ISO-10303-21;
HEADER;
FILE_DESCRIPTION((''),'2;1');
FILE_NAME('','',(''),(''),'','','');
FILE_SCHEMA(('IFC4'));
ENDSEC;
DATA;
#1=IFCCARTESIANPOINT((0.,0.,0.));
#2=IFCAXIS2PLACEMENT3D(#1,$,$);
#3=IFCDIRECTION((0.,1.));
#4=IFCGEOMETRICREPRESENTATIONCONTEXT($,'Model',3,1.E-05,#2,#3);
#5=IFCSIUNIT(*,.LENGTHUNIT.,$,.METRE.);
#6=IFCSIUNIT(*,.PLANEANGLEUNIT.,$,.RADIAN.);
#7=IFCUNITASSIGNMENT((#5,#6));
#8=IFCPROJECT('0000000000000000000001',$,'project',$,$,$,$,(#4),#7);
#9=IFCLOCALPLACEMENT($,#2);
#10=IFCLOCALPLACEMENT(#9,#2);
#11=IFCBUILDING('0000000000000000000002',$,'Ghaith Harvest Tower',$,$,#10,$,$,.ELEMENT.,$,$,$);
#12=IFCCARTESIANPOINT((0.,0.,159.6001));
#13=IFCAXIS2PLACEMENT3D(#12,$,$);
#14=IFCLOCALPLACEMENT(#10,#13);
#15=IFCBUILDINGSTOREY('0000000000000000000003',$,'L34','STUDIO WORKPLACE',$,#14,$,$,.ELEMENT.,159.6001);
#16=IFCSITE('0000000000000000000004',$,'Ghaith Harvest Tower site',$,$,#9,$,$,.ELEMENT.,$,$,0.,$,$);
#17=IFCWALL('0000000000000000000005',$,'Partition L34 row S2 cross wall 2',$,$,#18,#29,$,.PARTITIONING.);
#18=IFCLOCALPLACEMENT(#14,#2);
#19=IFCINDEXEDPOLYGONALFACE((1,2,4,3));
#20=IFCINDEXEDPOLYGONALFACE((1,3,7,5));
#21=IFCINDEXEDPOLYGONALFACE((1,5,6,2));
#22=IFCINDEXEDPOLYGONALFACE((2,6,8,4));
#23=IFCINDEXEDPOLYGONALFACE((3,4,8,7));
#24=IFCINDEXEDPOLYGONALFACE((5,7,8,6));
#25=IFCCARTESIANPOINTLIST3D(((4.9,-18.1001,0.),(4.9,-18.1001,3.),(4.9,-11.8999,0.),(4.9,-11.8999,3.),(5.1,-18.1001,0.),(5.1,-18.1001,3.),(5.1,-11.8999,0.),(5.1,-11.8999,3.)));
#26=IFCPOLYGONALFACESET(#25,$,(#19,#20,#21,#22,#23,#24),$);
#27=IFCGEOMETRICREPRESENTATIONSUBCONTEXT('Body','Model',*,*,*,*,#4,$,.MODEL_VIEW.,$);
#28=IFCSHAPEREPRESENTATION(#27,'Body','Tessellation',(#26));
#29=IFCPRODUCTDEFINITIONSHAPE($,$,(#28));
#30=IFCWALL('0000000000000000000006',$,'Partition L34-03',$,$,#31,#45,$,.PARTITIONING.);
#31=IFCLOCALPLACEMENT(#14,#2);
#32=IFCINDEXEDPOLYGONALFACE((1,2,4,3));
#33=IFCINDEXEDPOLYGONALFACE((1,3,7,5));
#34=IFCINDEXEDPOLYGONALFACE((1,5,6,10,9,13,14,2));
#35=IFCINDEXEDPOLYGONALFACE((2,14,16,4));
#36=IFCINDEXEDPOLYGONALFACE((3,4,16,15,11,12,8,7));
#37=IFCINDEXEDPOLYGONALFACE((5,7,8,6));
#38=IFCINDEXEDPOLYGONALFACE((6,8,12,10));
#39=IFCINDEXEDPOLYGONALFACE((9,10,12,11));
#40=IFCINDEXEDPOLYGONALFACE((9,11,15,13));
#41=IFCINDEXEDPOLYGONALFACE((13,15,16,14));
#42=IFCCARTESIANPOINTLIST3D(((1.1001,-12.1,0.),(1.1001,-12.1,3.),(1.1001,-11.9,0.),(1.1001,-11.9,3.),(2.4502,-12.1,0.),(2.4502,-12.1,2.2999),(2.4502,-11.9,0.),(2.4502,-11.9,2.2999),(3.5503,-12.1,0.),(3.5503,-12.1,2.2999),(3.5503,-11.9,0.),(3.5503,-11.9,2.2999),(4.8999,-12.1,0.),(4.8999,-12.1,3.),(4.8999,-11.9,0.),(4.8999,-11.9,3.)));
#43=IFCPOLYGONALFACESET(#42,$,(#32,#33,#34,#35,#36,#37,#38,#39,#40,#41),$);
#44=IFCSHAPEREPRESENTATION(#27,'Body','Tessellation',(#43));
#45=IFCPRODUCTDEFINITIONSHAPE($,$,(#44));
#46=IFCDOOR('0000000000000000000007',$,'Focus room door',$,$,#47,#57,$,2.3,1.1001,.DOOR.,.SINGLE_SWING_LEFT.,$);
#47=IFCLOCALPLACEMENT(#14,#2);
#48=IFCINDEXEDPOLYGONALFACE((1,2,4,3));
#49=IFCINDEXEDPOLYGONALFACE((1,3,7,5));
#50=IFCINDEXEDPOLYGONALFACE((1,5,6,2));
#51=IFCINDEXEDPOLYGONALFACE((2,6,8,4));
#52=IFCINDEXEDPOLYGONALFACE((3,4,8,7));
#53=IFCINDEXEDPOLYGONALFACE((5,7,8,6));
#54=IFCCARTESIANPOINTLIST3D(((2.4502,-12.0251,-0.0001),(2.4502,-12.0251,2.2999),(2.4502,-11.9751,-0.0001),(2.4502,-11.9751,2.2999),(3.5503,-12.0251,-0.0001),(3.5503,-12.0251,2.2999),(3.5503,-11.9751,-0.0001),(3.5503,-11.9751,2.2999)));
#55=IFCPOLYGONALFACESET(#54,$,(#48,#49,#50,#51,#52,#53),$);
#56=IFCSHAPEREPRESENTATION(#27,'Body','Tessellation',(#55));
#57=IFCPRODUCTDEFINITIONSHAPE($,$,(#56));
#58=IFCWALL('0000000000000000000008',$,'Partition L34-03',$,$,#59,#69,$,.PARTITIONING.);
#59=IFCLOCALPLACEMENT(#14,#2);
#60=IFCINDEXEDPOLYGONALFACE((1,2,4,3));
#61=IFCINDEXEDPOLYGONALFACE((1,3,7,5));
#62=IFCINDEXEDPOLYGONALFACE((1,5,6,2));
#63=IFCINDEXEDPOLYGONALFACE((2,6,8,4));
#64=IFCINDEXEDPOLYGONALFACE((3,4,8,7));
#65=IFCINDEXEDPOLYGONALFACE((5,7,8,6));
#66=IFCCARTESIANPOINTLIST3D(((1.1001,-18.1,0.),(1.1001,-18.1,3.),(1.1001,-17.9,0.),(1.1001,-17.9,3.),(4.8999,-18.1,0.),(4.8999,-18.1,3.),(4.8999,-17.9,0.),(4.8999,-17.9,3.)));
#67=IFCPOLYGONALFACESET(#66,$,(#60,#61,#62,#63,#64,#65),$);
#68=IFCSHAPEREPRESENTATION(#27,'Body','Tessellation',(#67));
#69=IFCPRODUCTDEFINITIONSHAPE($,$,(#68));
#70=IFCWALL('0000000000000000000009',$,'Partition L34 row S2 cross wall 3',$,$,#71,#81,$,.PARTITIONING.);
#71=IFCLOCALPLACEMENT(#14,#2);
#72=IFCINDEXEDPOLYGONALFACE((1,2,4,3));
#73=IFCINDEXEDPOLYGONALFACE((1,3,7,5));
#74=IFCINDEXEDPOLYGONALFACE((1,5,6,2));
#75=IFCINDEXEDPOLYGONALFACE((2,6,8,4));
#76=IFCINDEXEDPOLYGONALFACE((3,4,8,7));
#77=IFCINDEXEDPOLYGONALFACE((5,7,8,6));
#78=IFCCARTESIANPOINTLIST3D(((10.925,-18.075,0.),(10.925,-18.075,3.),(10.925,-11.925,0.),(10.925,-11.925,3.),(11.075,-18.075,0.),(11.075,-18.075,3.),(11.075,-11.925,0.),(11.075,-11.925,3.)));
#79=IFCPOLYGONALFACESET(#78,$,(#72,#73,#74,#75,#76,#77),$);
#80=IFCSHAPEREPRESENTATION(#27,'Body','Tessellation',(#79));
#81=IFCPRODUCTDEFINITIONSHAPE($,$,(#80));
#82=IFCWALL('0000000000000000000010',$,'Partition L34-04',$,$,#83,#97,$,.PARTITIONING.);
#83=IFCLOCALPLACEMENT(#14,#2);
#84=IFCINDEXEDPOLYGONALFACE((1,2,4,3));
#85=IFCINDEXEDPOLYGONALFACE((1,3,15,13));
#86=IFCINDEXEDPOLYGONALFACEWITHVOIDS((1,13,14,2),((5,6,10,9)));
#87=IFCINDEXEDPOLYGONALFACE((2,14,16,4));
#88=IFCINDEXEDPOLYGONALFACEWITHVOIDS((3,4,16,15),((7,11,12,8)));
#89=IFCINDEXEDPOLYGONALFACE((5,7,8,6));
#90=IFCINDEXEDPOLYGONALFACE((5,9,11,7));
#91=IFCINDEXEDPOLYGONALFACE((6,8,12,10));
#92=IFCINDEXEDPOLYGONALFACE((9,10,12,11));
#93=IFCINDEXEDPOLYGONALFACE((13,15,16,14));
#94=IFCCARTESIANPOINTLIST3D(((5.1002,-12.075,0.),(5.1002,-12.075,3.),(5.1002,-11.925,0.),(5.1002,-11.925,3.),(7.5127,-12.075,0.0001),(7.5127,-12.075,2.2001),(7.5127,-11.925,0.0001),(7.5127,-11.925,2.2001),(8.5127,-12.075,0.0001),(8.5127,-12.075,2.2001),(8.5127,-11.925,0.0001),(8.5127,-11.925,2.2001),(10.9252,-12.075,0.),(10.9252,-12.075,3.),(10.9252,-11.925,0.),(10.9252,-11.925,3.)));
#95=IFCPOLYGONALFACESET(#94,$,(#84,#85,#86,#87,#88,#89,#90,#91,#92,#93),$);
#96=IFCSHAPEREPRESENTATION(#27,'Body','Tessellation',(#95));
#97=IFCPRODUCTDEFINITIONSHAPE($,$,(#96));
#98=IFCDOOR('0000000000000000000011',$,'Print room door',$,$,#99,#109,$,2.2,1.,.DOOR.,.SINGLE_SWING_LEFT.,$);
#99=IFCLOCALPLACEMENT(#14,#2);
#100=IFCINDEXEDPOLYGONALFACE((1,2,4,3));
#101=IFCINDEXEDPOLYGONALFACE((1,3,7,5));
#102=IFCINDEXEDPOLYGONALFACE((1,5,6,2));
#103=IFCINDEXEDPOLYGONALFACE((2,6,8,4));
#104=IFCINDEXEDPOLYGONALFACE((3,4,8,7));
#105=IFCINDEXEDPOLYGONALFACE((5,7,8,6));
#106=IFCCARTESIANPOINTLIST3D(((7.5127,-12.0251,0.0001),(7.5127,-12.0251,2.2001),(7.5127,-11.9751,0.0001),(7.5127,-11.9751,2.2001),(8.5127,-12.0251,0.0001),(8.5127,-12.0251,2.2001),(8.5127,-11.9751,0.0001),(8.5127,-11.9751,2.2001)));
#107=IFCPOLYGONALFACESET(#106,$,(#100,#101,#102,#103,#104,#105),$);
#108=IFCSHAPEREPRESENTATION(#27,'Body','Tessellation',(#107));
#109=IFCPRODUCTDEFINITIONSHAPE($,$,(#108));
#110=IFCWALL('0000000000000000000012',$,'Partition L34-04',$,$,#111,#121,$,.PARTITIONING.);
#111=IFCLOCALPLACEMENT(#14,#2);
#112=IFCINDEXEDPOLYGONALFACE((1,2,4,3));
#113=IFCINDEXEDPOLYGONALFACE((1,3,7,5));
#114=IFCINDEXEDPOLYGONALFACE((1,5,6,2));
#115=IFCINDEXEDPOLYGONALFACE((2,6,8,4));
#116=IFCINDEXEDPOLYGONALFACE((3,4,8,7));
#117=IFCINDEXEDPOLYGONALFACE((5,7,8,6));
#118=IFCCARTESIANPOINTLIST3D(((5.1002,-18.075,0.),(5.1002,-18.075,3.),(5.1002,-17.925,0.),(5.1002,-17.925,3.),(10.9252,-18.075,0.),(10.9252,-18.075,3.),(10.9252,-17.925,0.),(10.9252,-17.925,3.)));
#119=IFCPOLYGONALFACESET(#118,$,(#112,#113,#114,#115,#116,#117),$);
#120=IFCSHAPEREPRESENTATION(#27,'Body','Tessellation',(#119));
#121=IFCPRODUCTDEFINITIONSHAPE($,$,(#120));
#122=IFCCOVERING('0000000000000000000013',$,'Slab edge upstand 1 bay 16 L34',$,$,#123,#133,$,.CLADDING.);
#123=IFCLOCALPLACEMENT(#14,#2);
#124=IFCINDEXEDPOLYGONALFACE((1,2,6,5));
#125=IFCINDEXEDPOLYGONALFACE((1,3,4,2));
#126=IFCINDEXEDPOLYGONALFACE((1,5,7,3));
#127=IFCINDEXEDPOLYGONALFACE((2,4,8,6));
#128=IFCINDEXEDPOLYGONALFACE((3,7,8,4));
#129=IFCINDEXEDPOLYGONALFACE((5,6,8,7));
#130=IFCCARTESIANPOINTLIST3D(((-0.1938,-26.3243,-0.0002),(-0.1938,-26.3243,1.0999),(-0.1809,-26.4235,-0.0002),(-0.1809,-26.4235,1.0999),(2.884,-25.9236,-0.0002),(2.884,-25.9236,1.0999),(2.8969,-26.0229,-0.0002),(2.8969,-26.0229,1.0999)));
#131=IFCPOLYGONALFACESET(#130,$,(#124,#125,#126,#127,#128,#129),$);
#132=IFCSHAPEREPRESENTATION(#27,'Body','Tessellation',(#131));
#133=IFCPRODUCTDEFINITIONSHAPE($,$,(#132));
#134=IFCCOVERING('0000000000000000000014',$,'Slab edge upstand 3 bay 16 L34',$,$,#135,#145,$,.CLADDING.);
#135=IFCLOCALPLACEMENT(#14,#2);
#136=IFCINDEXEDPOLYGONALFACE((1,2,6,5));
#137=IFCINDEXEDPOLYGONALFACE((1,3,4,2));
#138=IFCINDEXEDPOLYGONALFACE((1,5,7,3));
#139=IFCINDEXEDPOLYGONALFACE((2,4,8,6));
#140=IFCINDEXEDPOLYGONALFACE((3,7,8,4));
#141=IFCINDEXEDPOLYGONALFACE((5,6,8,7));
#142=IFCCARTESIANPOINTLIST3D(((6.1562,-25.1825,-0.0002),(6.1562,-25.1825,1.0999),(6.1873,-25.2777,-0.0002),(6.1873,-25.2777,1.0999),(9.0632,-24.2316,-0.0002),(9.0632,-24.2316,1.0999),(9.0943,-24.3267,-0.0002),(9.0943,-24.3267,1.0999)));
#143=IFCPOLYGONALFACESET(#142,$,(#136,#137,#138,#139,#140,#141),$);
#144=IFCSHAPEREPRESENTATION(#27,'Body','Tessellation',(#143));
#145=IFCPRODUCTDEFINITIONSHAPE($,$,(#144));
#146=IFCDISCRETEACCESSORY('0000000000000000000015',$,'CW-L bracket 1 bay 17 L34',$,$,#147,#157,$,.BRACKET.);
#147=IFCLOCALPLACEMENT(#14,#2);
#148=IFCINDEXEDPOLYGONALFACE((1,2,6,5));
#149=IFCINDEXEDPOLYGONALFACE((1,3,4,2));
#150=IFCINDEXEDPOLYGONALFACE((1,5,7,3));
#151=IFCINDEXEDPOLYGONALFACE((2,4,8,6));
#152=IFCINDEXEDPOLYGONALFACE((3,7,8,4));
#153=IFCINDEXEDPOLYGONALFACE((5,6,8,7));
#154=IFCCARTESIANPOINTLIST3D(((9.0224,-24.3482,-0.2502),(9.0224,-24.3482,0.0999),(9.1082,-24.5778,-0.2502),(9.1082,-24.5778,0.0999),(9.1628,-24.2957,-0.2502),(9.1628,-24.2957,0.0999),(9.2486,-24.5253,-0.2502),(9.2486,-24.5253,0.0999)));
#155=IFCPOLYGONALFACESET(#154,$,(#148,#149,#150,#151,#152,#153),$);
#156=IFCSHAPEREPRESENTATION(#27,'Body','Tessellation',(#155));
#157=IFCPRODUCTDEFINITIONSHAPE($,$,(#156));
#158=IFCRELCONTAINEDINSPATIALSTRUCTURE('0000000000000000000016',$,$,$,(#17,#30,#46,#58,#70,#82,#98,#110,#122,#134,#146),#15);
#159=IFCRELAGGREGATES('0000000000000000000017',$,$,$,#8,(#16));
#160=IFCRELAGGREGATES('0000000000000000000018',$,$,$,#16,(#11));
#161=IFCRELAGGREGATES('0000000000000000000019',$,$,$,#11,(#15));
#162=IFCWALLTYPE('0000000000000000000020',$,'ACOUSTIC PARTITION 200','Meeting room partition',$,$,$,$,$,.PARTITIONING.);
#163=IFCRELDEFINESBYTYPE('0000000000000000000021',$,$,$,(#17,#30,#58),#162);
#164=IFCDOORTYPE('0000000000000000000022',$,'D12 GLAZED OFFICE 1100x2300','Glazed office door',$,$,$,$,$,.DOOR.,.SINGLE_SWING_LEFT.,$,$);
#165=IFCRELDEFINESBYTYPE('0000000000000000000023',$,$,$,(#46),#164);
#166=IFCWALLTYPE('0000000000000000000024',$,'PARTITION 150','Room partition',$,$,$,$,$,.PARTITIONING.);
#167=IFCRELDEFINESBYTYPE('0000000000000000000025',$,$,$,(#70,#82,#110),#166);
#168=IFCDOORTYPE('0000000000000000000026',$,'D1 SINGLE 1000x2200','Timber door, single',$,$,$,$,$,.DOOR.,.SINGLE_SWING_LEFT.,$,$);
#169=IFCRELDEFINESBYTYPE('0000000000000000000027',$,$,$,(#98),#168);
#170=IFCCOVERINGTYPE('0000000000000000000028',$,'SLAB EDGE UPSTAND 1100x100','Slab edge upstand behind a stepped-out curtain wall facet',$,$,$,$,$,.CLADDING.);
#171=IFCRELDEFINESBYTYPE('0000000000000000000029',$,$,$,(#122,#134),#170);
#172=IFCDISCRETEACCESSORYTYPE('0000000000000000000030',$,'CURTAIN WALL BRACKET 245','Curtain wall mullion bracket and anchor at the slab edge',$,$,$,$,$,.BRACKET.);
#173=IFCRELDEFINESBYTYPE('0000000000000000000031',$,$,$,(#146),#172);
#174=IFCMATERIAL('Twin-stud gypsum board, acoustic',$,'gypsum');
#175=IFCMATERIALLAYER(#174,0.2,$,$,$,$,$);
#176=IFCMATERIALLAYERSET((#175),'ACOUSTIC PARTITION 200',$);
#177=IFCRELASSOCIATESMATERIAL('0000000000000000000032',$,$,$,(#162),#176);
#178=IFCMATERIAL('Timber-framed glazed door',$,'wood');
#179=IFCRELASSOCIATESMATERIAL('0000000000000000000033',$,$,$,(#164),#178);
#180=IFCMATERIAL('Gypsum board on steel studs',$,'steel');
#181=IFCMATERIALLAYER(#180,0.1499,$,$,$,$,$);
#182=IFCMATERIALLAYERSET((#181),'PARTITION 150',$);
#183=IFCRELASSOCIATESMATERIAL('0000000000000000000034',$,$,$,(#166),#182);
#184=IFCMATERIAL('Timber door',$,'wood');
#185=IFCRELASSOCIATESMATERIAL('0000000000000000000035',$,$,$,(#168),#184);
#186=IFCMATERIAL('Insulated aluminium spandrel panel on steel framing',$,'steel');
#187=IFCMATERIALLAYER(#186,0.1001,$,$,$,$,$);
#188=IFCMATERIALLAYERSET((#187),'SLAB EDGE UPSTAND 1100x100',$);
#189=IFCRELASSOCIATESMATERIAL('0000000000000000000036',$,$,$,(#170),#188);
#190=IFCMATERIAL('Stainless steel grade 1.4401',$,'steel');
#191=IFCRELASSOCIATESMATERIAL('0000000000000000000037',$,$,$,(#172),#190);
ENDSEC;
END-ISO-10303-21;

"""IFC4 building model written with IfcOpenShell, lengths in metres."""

from ifc_helpers import new_model, si_unit, direction, frame, frame_2d, origin, origin_2d, place, context, subcontext, project, spatial, rectangle, extrude, material, layer, layer_set, type_object, element, fill, save


model = new_model("IFC4")

# Units and contexts
model_context = context("Model", 3, precision=1e-05, world=origin(), true_north=direction((0.0, 1.0)))
body_context = subcontext(model_context, "Body", "Model", "MODEL_VIEW")
ifc_project = project(units=[si_unit("LENGTHUNIT", "METRE"), si_unit("PLANEANGLEUNIT", "RADIAN")], contexts=[model_context])

# Site, building, storey
site_placement = place(None, origin())
site = spatial("IfcSite", under=ifc_project, at=site_placement, Name="Ghaith Harvest Tower site", CompositionType="ELEMENT", RefElevation=0.0)
building_placement = place(site_placement, origin())
building = spatial("IfcBuilding", under=site, at=building_placement, Name="Ghaith Harvest Tower", CompositionType="ELEMENT")
storey_placement = place(building_placement, frame((0.0, 0.0, 159.6001)))
storey = spatial("IfcBuildingStorey", under=building, at=storey_placement, Name="L34", Description="STUDIO WORKPLACE", CompositionType="ELEMENT", Elevation=159.6001)

# Wall
ifc_material_1 = material(Name="Twin-stud gypsum board, acoustic", Category="gypsum")
ifc_layer_1 = layer(ifc_material_1, 0.2)
ifc_layer_set_1 = layer_set([ifc_layer_1], Name="ACOUSTIC PARTITION 200")
wall_type_1 = type_object("IfcWallType", Name="ACOUSTIC PARTITION 200", Description="Meeting room partition", PredefinedType="PARTITIONING", material=ifc_layer_set_1)
for number, where, z_axis, x_axis, name in (
    (1, (5.0, -11.8999, 0.0), (0.0, 0.0, 1.0), (0.0, -1.0, 0.0), "Partition L34 row S2 cross wall 2"),
):
    element("IfcWall", number, at=place(storey_placement, frame(where, z_axis=z_axis, x_axis=x_axis)), inside=storey, type_object=wall_type_1, Name=name, PredefinedType="PARTITIONING", context=body_context, shape_type="SweptSolid", body=[
        extrude(rectangle(XDim=6.2002, YDim=0.2, at=frame_2d((3.1001, 0.0))), origin(), (0.0, 0.0, 1.0), 3.0),
    ])

# Wall, opening, door
wall_1_placement = place(storey_placement, frame((1.1001, -12.0, 0.0), z_axis=(0.0, 0.0, 1.0), x_axis=(1.0, 0.0, 0.0)))
wall_1 = element("IfcWall", 2, at=wall_1_placement, inside=storey, type_object=wall_type_1, Name="Partition L34-03", PredefinedType="PARTITIONING", context=body_context, shape_type="SweptSolid", body=[
    extrude(rectangle(XDim=3.7998, YDim=0.2, at=frame_2d((1.8999, 0.0))), origin(), (0.0, 0.0, 1.0), 3.0),
])
opening_1_placement = place(wall_1_placement, frame((1.3501, 0.0, 0.0)))
opening_1 = element("IfcOpeningElement", 3, at=opening_1_placement, cuts=wall_1, PredefinedType="OPENING", context=body_context, shape_type="SweptSolid", body=[
    extrude(rectangle(XDim=1.1001, YDim=2.3, at=frame_2d((0.55, 1.1499))), frame((0.0, 0.1099, 0.0), z_axis=(0.0, -1.0, 0.0), x_axis=(1.0, 0.0, 0.0)), (0.0, 0.0, 1.0), 0.22),
])
ifc_material_2 = material(Name="Timber-framed glazed door", Category="wood")
door_type_1 = type_object("IfcDoorType", Name="D12 GLAZED OFFICE 1100x2300", Description="Glazed office door", OperationType="SINGLE_SWING_LEFT", PredefinedType="DOOR", material=ifc_material_2)
door_1_placement = place(opening_1_placement, origin())
door_1 = element("IfcDoor", 4, at=door_1_placement, inside=storey, type_object=door_type_1, Name="Focus room door", OperationType="SINGLE_SWING_LEFT", OverallHeight=2.3, OverallWidth=1.1001, PredefinedType="DOOR", context=body_context, shape_type="SweptSolid", body=[
    extrude(rectangle(XDim=1.1001, YDim=2.3, at=frame_2d((0.55, 1.1499))), frame((0.0, 0.0249, 0.0), z_axis=(0.0, -1.0, 0.0), x_axis=(1.0, 0.0, 0.0)), (0.0, 0.0, 1.0), 0.05),
])
fill(opening_1, door_1)

# Walls
wall_2_placement = place(storey_placement, frame((1.1001, -18.0, 0.0), z_axis=(0.0, 0.0, 1.0), x_axis=(1.0, 0.0, 0.0)))
element("IfcWall", 5, at=wall_2_placement, inside=storey, type_object=wall_type_1, Name="Partition L34-03", PredefinedType="PARTITIONING", context=body_context, shape_type="SweptSolid", body=[
    extrude(rectangle(XDim=3.7998, YDim=0.2, at=frame_2d((1.8999, 0.0))), origin(), (0.0, 0.0, 1.0), 3.0),
])
ifc_material_3 = material(Name="Gypsum board on steel studs", Category="steel")
ifc_layer_2 = layer(ifc_material_3, 0.1499)
ifc_layer_set_2 = layer_set([ifc_layer_2], Name="PARTITION 150")
wall_type_2 = type_object("IfcWallType", Name="PARTITION 150", Description="Room partition", PredefinedType="PARTITIONING", material=ifc_layer_set_2)
wall_3_placement = place(storey_placement, frame((11.0, -11.925, 0.0), z_axis=(0.0, 0.0, 1.0), x_axis=(0.0, -1.0, 0.0)))
element("IfcWall", 6, at=wall_3_placement, inside=storey, type_object=wall_type_2, Name="Partition L34 row S2 cross wall 3", PredefinedType="PARTITIONING", context=body_context, shape_type="SweptSolid", body=[
    extrude(rectangle(XDim=6.1499, YDim=0.1499, at=frame_2d((3.075, 0.0))), origin(), (0.0, 0.0, 1.0), 3.0),
])

# Wall, opening, door
wall_4_placement = place(storey_placement, frame((5.1001, -12.0, 0.0), z_axis=(0.0, 0.0, 1.0), x_axis=(1.0, 0.0, 0.0)))
wall_4 = element("IfcWall", 7, at=wall_4_placement, inside=storey, type_object=wall_type_2, Name="Partition L34-04", PredefinedType="PARTITIONING", context=body_context, shape_type="SweptSolid", body=[
    extrude(rectangle(XDim=5.825, YDim=0.1499, at=frame_2d((2.9126, 0.0))), origin(), (0.0, 0.0, 1.0), 3.0),
])
opening_2_placement = place(wall_4_placement, frame((2.4126, 0.0, 0.0)))
opening_2 = element("IfcOpeningElement", 8, at=opening_2_placement, cuts=wall_4, PredefinedType="OPENING", context=body_context, shape_type="SweptSolid", body=[
    extrude(rectangle(XDim=1.0, YDim=2.2, at=frame_2d((0.5, 1.1001))), frame((0.0, 0.085, 0.0), z_axis=(0.0, -1.0, 0.0), x_axis=(1.0, 0.0, 0.0)), (0.0, 0.0, 1.0), 0.1699),
])
ifc_material_4 = material(Name="Timber door", Category="wood")
door_type_2 = type_object("IfcDoorType", Name="D1 SINGLE 1000x2200", Description="Timber door, single", OperationType="SINGLE_SWING_LEFT", PredefinedType="DOOR", material=ifc_material_4)
door_2_placement = place(opening_2_placement, origin())
door_2 = element("IfcDoor", 9, at=door_2_placement, inside=storey, type_object=door_type_2, Name="Print room door", OperationType="SINGLE_SWING_LEFT", OverallHeight=2.2, OverallWidth=1.0, PredefinedType="DOOR", context=body_context, shape_type="SweptSolid", body=[
    extrude(rectangle(XDim=1.0, YDim=2.2, at=frame_2d((0.5, 1.1001))), frame((0.0, 0.0249, 0.0), z_axis=(0.0, -1.0, 0.0), x_axis=(1.0, 0.0, 0.0)), (0.0, 0.0, 1.0), 0.05),
])
fill(opening_2, door_2)

# Wall
wall_5_placement = place(storey_placement, frame((5.1001, -18.0, 0.0), z_axis=(0.0, 0.0, 1.0), x_axis=(1.0, 0.0, 0.0)))
element("IfcWall", 10, at=wall_5_placement, inside=storey, type_object=wall_type_2, Name="Partition L34-04", PredefinedType="PARTITIONING", context=body_context, shape_type="SweptSolid", body=[
    extrude(rectangle(XDim=5.825, YDim=0.1499, at=frame_2d((2.9126, 0.0))), origin(), (0.0, 0.0, 1.0), 3.0),
])

# Coverings
ifc_material_5 = material(Name="Insulated aluminium spandrel panel on steel framing", Category="steel")
ifc_layer_3 = layer(ifc_material_5, 0.1001)
ifc_layer_set_3 = layer_set([ifc_layer_3], Name="SLAB EDGE UPSTAND 1100x100")
covering_type = type_object("IfcCoveringType", Name="SLAB EDGE UPSTAND 1100x100", Description="Slab edge upstand behind a stepped-out curtain wall facet", PredefinedType="CLADDING", material=ifc_layer_set_3)
covering_1_placement = place(storey_placement, frame((1.3516, -26.1736, -0.0002), z_axis=(0.0, 0.0, 1.0), x_axis=(0.991634, 0.129084, 0.0)))
element("IfcCovering", 11, at=covering_1_placement, inside=storey, type_object=covering_type, Name="Slab edge upstand 1 bay 16 L34", PredefinedType="CLADDING", context=body_context, shape_type="SweptSolid", body=[
    extrude(rectangle(XDim=3.1038, YDim=0.1001, at=origin_2d()), origin(), (0.0, 0.0, 1.0), 1.1001),
])
covering_2_placement = place(storey_placement, frame((7.6252, -24.7546, -0.0002), z_axis=(0.0, 0.0, 1.0), x_axis=(0.950441, 0.310904, 0.0)))
element("IfcCovering", 12, at=covering_2_placement, inside=storey, type_object=covering_type, Name="Slab edge upstand 3 bay 16 L34", PredefinedType="CLADDING", context=body_context, shape_type="SweptSolid", body=[
    extrude(rectangle(XDim=3.0586, YDim=0.1001, at=origin_2d()), origin(), (0.0, 0.0, 1.0), 1.1001),
])

# Discrete accessory
ifc_material_6 = material(Name="Stainless steel grade 1.4401", Category="steel")
discrete_accessory_type = type_object("IfcDiscreteAccessoryType", Name="CURTAIN WALL BRACKET 245", Description="Curtain wall mullion bracket and anchor at the slab edge", PredefinedType="BRACKET", material=ifc_material_6)
discrete_accessory_placement = place(storey_placement, frame((9.1355, -24.4368, -0.2502), z_axis=(0.0, 0.0, 1.0), x_axis=(0.350168, -0.936687, 0.0)))
element("IfcDiscreteAccessory", 13, at=discrete_accessory_placement, inside=storey, type_object=discrete_accessory_type, Name="CW-L bracket 1 bay 17 L34", PredefinedType="BRACKET", context=body_context, shape_type="SweptSolid", body=[
    extrude(rectangle(XDim=0.2451, YDim=0.1499, at=origin_2d()), origin(), (0.0, 0.0, 1.0), 0.3501),
])

save(model, "model.ifc")
